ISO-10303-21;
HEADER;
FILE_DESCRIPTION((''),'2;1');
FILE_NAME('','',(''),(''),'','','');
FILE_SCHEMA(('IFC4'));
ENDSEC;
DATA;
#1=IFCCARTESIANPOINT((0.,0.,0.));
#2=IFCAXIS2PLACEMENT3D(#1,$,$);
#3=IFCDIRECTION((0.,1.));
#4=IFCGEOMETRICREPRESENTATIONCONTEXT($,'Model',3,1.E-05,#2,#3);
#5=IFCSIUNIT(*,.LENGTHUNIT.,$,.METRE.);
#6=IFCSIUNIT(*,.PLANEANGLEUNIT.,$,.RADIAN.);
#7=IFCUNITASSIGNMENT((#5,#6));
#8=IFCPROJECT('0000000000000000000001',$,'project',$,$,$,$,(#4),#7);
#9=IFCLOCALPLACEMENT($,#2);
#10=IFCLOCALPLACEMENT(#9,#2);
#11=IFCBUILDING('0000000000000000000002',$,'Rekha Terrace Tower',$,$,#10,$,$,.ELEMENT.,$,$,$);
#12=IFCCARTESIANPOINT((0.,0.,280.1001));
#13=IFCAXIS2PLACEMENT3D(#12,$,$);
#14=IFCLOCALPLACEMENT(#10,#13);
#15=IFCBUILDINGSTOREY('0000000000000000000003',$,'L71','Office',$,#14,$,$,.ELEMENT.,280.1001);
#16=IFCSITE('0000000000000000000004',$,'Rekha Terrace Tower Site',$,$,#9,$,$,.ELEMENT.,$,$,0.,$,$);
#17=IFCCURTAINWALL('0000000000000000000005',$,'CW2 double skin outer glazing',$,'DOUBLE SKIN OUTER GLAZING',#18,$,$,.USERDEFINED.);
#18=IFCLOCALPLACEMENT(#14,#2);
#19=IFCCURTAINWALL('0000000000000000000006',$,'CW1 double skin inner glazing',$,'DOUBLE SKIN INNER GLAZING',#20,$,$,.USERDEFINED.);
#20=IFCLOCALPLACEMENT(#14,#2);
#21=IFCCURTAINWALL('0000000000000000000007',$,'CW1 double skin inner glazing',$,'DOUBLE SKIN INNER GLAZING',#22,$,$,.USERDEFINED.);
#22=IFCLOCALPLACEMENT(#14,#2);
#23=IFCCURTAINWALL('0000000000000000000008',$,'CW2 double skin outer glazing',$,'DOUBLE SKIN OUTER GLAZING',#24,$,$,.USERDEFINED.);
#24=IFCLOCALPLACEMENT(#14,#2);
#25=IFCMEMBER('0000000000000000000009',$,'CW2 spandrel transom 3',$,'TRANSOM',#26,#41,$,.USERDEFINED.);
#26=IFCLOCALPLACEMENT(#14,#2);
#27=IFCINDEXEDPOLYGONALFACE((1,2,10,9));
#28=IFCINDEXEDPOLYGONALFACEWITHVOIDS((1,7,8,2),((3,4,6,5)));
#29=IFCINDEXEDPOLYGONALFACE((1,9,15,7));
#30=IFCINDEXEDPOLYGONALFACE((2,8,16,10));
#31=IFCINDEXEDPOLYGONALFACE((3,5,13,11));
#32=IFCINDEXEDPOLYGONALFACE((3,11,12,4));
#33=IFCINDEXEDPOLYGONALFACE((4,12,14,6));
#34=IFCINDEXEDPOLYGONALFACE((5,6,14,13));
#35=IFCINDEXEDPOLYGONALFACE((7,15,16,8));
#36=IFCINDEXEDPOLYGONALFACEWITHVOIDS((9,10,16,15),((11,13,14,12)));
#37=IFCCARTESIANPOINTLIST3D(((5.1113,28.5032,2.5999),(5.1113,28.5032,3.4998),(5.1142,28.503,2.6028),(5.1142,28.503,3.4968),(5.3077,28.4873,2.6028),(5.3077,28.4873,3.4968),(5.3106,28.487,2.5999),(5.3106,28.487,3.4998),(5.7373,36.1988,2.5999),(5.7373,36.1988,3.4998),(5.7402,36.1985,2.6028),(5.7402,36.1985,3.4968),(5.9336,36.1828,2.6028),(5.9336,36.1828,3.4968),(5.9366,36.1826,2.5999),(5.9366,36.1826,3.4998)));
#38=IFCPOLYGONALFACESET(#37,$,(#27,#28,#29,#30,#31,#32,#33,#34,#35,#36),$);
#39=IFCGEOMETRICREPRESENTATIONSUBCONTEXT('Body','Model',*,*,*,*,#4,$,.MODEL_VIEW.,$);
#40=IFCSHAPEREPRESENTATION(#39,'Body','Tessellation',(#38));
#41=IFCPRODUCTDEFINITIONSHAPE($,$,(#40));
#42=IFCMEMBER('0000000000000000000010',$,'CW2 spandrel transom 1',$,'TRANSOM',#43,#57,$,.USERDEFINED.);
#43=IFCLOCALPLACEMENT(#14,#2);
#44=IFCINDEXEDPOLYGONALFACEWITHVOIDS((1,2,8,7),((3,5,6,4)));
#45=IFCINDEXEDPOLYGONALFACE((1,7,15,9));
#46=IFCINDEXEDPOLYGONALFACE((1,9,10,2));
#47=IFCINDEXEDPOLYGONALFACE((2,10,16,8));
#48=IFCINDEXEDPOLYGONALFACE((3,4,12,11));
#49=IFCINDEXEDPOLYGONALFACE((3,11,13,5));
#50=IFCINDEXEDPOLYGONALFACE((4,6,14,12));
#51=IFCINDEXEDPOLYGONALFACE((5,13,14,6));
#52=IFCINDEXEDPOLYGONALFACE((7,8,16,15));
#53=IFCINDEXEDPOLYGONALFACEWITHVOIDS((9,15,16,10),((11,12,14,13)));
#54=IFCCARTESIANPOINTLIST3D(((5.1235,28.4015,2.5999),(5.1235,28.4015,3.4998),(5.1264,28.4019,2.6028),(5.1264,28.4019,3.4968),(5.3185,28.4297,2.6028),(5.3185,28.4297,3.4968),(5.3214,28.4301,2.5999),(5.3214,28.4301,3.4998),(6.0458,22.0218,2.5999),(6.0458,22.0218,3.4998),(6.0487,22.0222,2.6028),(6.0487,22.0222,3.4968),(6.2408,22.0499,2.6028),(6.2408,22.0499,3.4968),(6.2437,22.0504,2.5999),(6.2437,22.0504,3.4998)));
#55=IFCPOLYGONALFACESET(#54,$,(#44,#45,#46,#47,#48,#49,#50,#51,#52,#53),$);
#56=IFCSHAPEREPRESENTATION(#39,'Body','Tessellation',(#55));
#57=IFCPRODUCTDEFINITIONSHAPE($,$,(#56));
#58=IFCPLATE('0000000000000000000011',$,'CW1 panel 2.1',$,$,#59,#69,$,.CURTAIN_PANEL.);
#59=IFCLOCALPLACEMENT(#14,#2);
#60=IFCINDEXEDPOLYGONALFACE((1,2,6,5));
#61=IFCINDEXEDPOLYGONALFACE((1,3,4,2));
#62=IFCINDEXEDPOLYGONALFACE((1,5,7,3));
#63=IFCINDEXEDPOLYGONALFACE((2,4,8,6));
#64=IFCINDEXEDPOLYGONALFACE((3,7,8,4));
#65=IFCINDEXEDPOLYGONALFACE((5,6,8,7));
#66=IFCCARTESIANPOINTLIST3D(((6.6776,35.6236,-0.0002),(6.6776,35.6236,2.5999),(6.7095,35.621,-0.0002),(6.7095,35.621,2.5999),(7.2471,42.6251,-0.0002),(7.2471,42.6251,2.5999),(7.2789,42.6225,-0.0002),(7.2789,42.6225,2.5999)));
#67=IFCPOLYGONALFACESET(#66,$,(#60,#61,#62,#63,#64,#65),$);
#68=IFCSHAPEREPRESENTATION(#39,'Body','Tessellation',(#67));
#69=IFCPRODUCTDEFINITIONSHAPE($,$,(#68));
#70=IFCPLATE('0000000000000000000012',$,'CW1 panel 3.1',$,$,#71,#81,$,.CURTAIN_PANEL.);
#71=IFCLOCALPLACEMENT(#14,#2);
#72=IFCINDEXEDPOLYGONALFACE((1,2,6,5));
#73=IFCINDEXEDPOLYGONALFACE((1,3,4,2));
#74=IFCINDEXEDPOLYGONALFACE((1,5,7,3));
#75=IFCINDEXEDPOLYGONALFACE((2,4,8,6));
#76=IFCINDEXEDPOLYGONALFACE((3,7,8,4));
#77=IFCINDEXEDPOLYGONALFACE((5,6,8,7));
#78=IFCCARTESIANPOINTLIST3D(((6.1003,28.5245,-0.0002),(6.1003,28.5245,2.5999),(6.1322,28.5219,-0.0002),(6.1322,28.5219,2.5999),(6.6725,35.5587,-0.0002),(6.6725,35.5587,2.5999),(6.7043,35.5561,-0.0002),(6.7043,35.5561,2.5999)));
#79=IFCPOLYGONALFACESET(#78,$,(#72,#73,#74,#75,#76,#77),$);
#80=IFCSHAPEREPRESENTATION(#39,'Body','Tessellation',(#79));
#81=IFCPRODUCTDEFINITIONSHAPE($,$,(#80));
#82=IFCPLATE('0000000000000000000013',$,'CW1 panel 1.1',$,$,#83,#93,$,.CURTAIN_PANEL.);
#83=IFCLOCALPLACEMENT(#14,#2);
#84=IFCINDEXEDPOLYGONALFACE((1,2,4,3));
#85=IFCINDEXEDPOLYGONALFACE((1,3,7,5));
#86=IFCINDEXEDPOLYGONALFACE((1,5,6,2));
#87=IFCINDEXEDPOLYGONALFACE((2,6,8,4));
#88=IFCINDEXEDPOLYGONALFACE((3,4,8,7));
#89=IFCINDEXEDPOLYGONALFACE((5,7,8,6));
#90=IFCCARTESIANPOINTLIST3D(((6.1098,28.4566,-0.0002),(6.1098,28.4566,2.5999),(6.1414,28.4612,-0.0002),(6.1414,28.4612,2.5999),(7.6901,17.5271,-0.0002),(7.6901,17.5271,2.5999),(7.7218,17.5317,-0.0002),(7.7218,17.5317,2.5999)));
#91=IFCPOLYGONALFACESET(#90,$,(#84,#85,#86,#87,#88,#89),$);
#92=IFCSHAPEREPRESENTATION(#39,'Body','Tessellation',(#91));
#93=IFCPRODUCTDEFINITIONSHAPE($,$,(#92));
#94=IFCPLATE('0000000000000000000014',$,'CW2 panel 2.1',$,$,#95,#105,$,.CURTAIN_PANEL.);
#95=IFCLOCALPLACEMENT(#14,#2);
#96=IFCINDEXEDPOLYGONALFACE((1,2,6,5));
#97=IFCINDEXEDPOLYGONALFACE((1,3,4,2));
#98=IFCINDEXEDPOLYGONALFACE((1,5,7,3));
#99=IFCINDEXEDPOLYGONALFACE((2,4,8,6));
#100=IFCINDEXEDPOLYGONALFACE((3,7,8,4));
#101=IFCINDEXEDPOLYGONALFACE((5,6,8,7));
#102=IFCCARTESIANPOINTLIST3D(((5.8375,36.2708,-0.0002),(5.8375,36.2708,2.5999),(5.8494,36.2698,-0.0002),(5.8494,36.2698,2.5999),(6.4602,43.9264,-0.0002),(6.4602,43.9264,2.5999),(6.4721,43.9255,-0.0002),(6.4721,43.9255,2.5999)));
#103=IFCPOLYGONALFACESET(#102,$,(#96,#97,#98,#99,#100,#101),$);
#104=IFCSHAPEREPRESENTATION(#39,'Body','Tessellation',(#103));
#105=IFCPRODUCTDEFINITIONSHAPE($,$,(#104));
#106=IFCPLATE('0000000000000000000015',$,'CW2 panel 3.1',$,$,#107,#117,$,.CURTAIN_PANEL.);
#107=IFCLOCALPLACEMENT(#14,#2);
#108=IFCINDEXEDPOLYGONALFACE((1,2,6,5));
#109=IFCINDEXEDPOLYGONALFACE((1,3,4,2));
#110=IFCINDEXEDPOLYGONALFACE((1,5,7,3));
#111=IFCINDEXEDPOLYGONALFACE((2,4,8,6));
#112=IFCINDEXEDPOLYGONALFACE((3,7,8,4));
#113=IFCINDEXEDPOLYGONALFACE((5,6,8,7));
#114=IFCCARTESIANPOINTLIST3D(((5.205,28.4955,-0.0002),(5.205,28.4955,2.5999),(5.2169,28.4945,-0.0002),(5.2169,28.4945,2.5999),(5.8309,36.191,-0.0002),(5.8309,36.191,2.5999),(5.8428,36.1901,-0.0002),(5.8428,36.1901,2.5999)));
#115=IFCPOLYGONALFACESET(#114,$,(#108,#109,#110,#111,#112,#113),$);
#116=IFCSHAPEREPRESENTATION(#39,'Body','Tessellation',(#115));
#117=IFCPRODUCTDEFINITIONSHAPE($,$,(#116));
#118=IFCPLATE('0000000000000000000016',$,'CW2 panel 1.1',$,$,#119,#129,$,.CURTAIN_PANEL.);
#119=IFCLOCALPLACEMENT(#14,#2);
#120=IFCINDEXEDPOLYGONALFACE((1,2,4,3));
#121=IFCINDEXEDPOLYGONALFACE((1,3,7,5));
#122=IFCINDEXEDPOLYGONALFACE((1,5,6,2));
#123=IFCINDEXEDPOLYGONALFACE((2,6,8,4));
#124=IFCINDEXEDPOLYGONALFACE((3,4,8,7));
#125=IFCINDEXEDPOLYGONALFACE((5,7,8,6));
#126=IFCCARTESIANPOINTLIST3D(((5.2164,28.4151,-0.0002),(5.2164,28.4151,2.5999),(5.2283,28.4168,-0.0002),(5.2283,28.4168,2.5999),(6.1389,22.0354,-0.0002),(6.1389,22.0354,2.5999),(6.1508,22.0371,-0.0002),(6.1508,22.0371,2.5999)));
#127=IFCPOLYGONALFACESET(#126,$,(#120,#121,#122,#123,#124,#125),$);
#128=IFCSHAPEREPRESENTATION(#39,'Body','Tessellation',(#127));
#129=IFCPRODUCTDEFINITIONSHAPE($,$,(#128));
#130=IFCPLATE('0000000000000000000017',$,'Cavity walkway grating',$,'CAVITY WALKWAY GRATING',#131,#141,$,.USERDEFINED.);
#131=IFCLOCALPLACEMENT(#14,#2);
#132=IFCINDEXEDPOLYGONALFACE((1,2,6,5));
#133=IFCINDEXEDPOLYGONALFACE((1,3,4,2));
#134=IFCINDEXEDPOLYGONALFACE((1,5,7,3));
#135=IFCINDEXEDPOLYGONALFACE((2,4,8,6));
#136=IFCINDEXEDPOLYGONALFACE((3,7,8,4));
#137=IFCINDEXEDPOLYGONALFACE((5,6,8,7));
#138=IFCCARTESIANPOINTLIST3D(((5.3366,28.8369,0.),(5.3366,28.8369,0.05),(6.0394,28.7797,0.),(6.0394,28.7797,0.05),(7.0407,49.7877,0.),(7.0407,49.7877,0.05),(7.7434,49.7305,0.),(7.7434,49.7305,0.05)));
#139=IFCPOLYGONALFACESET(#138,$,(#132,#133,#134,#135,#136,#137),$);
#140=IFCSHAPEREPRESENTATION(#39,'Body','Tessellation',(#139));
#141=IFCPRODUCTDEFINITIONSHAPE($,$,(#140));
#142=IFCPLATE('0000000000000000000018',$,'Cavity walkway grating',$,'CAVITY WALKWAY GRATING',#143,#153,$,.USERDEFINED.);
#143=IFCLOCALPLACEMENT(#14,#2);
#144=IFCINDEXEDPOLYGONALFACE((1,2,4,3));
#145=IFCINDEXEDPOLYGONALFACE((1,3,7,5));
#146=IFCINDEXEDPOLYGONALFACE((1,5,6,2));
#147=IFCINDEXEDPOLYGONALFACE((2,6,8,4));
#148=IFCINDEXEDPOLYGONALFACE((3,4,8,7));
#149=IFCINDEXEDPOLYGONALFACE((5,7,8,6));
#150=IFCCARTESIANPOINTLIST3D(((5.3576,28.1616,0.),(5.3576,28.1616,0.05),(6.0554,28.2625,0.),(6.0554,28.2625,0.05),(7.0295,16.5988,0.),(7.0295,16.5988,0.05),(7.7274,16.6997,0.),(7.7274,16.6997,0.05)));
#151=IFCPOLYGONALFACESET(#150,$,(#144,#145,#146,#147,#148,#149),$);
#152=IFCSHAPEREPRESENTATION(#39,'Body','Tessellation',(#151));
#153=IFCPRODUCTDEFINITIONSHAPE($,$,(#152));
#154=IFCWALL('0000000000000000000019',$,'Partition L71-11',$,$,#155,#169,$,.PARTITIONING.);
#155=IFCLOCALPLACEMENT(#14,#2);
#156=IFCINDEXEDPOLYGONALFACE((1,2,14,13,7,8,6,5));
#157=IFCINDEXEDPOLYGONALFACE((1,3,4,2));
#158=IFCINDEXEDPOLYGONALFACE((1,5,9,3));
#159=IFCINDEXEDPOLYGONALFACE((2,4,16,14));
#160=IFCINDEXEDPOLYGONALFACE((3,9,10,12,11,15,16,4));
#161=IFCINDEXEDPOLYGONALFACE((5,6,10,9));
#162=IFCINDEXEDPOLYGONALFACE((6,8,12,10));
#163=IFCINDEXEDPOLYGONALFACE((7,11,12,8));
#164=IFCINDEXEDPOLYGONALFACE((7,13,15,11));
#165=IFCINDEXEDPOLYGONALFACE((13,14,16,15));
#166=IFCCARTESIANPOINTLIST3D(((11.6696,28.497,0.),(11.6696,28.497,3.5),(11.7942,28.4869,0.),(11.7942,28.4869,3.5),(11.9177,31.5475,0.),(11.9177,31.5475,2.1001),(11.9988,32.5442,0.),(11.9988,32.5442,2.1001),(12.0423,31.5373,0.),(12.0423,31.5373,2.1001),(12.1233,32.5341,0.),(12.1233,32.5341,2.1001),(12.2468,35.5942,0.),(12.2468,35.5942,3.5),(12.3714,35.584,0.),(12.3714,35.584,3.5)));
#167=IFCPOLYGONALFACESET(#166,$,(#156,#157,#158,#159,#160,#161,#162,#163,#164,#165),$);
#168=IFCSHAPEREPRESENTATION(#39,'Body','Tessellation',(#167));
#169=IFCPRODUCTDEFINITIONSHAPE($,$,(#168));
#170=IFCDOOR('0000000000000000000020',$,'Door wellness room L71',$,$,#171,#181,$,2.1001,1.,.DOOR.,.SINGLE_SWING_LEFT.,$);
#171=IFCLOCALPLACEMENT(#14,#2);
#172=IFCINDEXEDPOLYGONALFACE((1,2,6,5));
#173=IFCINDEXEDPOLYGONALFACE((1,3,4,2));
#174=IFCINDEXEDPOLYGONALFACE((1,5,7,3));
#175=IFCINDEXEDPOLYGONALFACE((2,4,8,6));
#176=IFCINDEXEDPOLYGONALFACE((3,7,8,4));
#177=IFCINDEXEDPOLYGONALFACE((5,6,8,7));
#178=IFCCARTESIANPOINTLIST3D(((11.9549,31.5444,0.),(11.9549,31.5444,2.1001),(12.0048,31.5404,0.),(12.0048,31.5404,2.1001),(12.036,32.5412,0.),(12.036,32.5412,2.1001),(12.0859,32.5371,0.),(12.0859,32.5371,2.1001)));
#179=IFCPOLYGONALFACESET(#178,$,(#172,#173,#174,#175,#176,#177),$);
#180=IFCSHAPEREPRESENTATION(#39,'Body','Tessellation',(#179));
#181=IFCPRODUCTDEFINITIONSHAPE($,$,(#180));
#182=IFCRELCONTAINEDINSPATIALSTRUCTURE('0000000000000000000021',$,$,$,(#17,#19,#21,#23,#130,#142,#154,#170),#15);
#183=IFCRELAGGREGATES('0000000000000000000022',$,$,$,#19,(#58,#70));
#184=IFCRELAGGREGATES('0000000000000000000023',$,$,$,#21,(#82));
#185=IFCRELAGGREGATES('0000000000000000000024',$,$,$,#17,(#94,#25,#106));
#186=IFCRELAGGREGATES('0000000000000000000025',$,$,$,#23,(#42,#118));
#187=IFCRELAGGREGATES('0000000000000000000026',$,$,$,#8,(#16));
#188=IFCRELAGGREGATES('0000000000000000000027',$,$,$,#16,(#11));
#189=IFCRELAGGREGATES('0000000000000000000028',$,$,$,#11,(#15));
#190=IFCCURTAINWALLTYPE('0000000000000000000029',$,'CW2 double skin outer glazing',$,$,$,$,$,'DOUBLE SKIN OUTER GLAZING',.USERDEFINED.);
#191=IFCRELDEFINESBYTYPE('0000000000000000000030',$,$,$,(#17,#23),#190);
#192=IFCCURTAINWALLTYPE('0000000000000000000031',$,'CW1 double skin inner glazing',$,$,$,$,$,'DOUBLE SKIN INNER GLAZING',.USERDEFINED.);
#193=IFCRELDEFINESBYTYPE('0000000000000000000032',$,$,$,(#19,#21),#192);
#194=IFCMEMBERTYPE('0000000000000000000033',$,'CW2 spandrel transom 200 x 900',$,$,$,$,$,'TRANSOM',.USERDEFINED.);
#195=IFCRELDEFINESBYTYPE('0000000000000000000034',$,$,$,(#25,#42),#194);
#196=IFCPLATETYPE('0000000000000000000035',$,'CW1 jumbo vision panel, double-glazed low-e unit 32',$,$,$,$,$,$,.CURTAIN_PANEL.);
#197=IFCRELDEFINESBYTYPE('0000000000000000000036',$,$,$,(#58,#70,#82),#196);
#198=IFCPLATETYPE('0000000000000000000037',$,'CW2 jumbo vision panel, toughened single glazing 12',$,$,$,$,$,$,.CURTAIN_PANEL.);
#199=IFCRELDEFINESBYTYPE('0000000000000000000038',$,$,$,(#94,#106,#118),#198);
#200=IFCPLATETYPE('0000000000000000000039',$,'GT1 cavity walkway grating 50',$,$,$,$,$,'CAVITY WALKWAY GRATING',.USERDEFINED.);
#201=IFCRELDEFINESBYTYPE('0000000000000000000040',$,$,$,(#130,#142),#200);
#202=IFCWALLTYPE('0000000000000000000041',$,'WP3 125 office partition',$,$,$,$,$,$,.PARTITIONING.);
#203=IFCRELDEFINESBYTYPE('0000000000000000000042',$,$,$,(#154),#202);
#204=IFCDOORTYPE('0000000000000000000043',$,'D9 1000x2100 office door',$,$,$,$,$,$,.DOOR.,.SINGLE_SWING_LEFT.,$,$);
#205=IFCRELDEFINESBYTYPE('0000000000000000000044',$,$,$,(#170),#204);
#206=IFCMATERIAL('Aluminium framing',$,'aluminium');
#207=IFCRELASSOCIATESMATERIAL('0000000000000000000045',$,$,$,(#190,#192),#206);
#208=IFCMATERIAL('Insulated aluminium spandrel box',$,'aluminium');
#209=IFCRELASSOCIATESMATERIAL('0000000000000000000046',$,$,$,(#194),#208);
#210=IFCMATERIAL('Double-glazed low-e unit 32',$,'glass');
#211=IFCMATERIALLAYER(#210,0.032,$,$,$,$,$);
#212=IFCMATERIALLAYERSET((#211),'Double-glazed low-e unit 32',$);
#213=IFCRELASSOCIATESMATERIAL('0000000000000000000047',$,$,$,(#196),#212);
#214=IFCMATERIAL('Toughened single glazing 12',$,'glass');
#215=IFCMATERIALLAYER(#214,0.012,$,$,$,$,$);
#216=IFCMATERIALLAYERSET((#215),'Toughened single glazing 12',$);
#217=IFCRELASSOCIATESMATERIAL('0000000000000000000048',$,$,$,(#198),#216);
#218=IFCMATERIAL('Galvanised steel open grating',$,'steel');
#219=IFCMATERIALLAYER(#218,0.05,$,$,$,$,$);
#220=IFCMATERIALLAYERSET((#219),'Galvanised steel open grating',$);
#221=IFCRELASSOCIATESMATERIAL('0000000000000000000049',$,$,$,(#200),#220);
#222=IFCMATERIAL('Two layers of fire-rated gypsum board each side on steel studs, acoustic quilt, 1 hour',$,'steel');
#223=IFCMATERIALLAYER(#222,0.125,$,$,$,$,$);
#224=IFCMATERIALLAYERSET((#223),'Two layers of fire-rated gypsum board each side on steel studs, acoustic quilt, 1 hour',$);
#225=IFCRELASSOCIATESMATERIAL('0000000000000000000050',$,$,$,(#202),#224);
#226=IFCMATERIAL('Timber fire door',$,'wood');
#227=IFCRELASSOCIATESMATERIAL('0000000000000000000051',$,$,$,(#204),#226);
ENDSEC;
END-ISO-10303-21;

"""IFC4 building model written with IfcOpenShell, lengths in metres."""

from ifc_helpers import new_model, si_unit, direction, frame, frame_2d, origin, origin_2d, place, context, subcontext, project, spatial, rectangle, hollow_rectangle, extrude, material, layer, layer_set, material_profile, profile_set, type_object, element, fill, aggregate, save


model = new_model("IFC4")

# Units and contexts
model_context = context("Model", 3, precision=1e-05, world=origin(), true_north=direction((0.0, 1.0)))
body_context = subcontext(model_context, "Body", "Model", "MODEL_VIEW")
ifc_project = project(units=[si_unit("LENGTHUNIT", "METRE"), si_unit("PLANEANGLEUNIT", "RADIAN")], contexts=[model_context])

# Site, building, storey
site_placement = place(None, origin())
site = spatial("IfcSite", under=ifc_project, at=site_placement, Name="Rekha Terrace Tower Site", CompositionType="ELEMENT", RefElevation=0.0)
building_placement = place(site_placement, origin())
building = spatial("IfcBuilding", under=site, at=building_placement, Name="Rekha Terrace Tower", CompositionType="ELEMENT")
storey_placement = place(building_placement, frame((0.0, 0.0, 280.1001)))
storey = spatial("IfcBuildingStorey", under=building, at=storey_placement, Name="L71", Description="Office", CompositionType="ELEMENT", Elevation=280.1001)

# Curtain walls
ifc_material_1 = material(Name="Aluminium framing", Category="aluminium")
curtain_wall_type_1 = type_object("IfcCurtainWallType", Name="CW2 double skin outer glazing", ElementType="DOUBLE SKIN OUTER GLAZING", PredefinedType="USERDEFINED", material=ifc_material_1)
curtain_wall_1_placement = place(storey_placement, origin())
curtain_wall_1 = element("IfcCurtainWall", 1, at=curtain_wall_1_placement, inside=storey, type_object=curtain_wall_type_1, Name="CW2 double skin outer glazing", ObjectType="DOUBLE SKIN OUTER GLAZING", PredefinedType="USERDEFINED")
curtain_wall_type_2 = type_object("IfcCurtainWallType", Name="CW1 double skin inner glazing", ElementType="DOUBLE SKIN INNER GLAZING", PredefinedType="USERDEFINED", material=ifc_material_1)
curtain_wall_2_placement = place(storey_placement, origin())
curtain_wall_2 = element("IfcCurtainWall", 2, at=curtain_wall_2_placement, inside=storey, type_object=curtain_wall_type_2, Name="CW1 double skin inner glazing", ObjectType="DOUBLE SKIN INNER GLAZING", PredefinedType="USERDEFINED")
curtain_wall_3_placement = place(storey_placement, origin())
curtain_wall_3 = element("IfcCurtainWall", 3, at=curtain_wall_3_placement, inside=storey, type_object=curtain_wall_type_2, Name="CW1 double skin inner glazing", ObjectType="DOUBLE SKIN INNER GLAZING", PredefinedType="USERDEFINED")

# Shared definitions
ifc_material_2 = material(Name="Insulated aluminium spandrel box", Category="aluminium")

# Curtain wall
curtain_wall_4_placement = place(storey_placement, origin())
curtain_wall_4 = element("IfcCurtainWall", 4, at=curtain_wall_4_placement, inside=storey, type_object=curtain_wall_type_1, Name="CW2 double skin outer glazing", ObjectType="DOUBLE SKIN OUTER GLAZING", PredefinedType="USERDEFINED")

# Members
ifc_material_profile_1 = material_profile(ifc_material_2, hollow_rectangle(XDim=0.2, YDim=0.8999, WallThickness=0.0029, at=origin_2d()), Name="AL SPANDREL BOX 200x900")
ifc_profile_set_1 = profile_set([ifc_material_profile_1], Name="Insulated aluminium spandrel box")
member_type_1 = type_object("IfcMemberType", Name="CW2 spandrel transom 200 x 900", ElementType="TRANSOM", PredefinedType="USERDEFINED", material=ifc_profile_set_1)
member_1_placement = place(storey_placement, frame((5.8369, 36.1907, 3.0498), z_axis=(-0.081075, -0.996708, 0.0), x_axis=(0.996708, -0.081075, 0.0)))
member_1 = element("IfcMember", 5, at=member_1_placement, type_object=member_type_1, Name="CW2 spandrel transom 3", ObjectType="TRANSOM", PredefinedType="USERDEFINED", context=body_context, shape_type="SweptSolid", body=[
    extrude(hollow_rectangle(XDim=0.2, YDim=0.8999, WallThickness=0.0029, at=origin_2d()), origin(), (0.0, 0.0, 1.0), 7.7209),
])
member_2_placement = place(storey_placement, frame((5.2224, 28.4158, 3.0498), z_axis=(0.143091, -0.989709, 0.0), x_axis=(0.989709, 0.143091, 0.0)))
member_2 = element("IfcMember", 6, at=member_2_placement, type_object=member_type_1, Name="CW2 spandrel transom 1", ObjectType="TRANSOM", PredefinedType="USERDEFINED", context=body_context, shape_type="SweptSolid", body=[
    extrude(hollow_rectangle(XDim=0.2, YDim=0.8999, WallThickness=0.0029, at=origin_2d()), origin(), (0.0, 0.0, 1.0), 6.446),
])

# Plates
ifc_material_3 = material(Name="Double-glazed low-e unit 32", Category="glass")
ifc_layer_1 = layer(ifc_material_3, 0.032)
ifc_layer_set_1 = layer_set([ifc_layer_1], Name="Double-glazed low-e unit 32")
plate_type_1 = type_object("IfcPlateType", Name="CW1 jumbo vision panel, double-glazed low-e unit 32", PredefinedType="CURTAIN_PANEL", material=ifc_layer_set_1)
plate_1_placement = place(storey_placement, frame((6.9783, 39.123, -0.0002), z_axis=(0.0, 0.0, 1.0), x_axis=(-0.081068, -0.996709, 0.0)))
plate_1 = element("IfcPlate", 7, at=plate_1_placement, type_object=plate_type_1, Name="CW1 panel 2.1", PredefinedType="CURTAIN_PANEL", context=body_context, shape_type="SweptSolid", body=[
    extrude(rectangle(XDim=7.0247, YDim=0.032, at=origin_2d()), origin(), (0.0, 0.0, 1.0), 2.6001),
])
plate_2_placement = place(storey_placement, frame((6.4023, 32.0403, -0.0002), z_axis=(0.0, 0.0, 1.0), x_axis=(-0.081068, -0.996709, 0.0)))
plate_2 = element("IfcPlate", 8, at=plate_2_placement, type_object=plate_type_1, Name="CW1 panel 3.1", PredefinedType="CURTAIN_PANEL", context=body_context, shape_type="SweptSolid", body=[
    extrude(rectangle(XDim=7.0574, YDim=0.032, at=origin_2d()), origin(), (0.0, 0.0, 1.0), 2.6001),
])
aggregate(curtain_wall_2, [plate_1, plate_2])
plate_3_placement = place(storey_placement, frame((6.9158, 22.9941, -0.0002), z_axis=(0.0, 0.0, 1.0), x_axis=(0.143108, -0.989707, 0.0)))
plate_3 = element("IfcPlate", 9, at=plate_3_placement, type_object=plate_type_1, Name="CW1 panel 1.1", PredefinedType="CURTAIN_PANEL", context=body_context, shape_type="SweptSolid", body=[
    extrude(rectangle(XDim=11.0432, YDim=0.032, at=origin_2d()), origin(), (0.0, 0.0, 1.0), 2.6001),
])
aggregate(curtain_wall_3, [plate_3])
ifc_material_4 = material(Name="Toughened single glazing 12", Category="glass")
ifc_layer_2 = layer(ifc_material_4, 0.012)
ifc_layer_set_2 = layer_set([ifc_layer_2], Name="Toughened single glazing 12")
plate_type_2 = type_object("IfcPlateType", Name="CW2 jumbo vision panel, toughened single glazing 12", PredefinedType="CURTAIN_PANEL", material=ifc_layer_set_2)
plate_4_placement = place(storey_placement, frame((6.1548, 40.0981, -0.0002), z_axis=(0.0, 0.0, 1.0), x_axis=(-0.081068, -0.996709, 0.0)))
plate_4 = element("IfcPlate", 10, at=plate_4_placement, type_object=plate_type_2, Name="CW2 panel 2.1", PredefinedType="CURTAIN_PANEL", context=body_context, shape_type="SweptSolid", body=[
    extrude(rectangle(XDim=7.6809, YDim=0.012, at=origin_2d()), origin(), (0.0, 0.0, 1.0), 2.6001),
])
plate_5_placement = place(storey_placement, frame((5.5239, 32.3428, -0.0002), z_axis=(0.0, 0.0, 1.0), x_axis=(-0.081068, -0.996709, 0.0)))
plate_5 = element("IfcPlate", 11, at=plate_5_placement, type_object=plate_type_2, Name="CW2 panel 3.1", PredefinedType="CURTAIN_PANEL", context=body_context, shape_type="SweptSolid", body=[
    extrude(rectangle(XDim=7.7209, YDim=0.012, at=origin_2d()), origin(), (0.0, 0.0, 1.0), 2.6001),
])
aggregate(curtain_wall_1, [plate_4, member_1, plate_5])
plate_6_placement = place(storey_placement, frame((5.6836, 25.2261, -0.0002), z_axis=(0.0, 0.0, 1.0), x_axis=(0.143108, -0.989707, 0.0)))
plate_6 = element("IfcPlate", 12, at=plate_6_placement, type_object=plate_type_2, Name="CW2 panel 1.1", PredefinedType="CURTAIN_PANEL", context=body_context, shape_type="SweptSolid", body=[
    extrude(rectangle(XDim=6.446, YDim=0.012, at=origin_2d()), origin(), (0.0, 0.0, 1.0), 2.6001),
])
aggregate(curtain_wall_4, [member_2, plate_6])

# Plates
ifc_material_5 = material(Name="Galvanised steel open grating", Category="steel")
ifc_layer_3 = layer(ifc_material_5, 0.05)
ifc_layer_set_3 = layer_set([ifc_layer_3], Name="Galvanised steel open grating")
plate_type_3 = type_object("IfcPlateType", Name="GT1 cavity walkway grating 50", ElementType="CAVITY WALKWAY GRATING", PredefinedType="USERDEFINED", material=ifc_layer_set_3)
plate_7_placement = place(storey_placement, frame((6.54, 39.2837, 0.0), z_axis=(0.0, 0.0, 1.0), x_axis=(-0.081068, -0.996709, 0.0)))
element("IfcPlate", 13, at=plate_7_placement, inside=storey, type_object=plate_type_3, Name="Cavity walkway grating", ObjectType="CAVITY WALKWAY GRATING", PredefinedType="USERDEFINED", context=body_context, shape_type="SweptSolid", body=[
    extrude(rectangle(XDim=21.02, YDim=0.7051, at=origin_2d()), origin(), (0.0, 0.0, 1.0), 0.05),
])
plate_8_placement = place(storey_placement, frame((6.5425, 22.4307, 0.0), z_axis=(0.0, 0.0, 1.0), x_axis=(0.143108, -0.989707, 0.0)))
element("IfcPlate", 14, at=plate_8_placement, inside=storey, type_object=plate_type_3, Name="Cavity walkway grating", ObjectType="CAVITY WALKWAY GRATING", PredefinedType="USERDEFINED", context=body_context, shape_type="SweptSolid", body=[
    extrude(rectangle(XDim=11.6831, YDim=0.7051, at=origin_2d()), origin(), (0.0, 0.0, 1.0), 0.05),
])

# Wall, opening, door
ifc_material_6 = material(Name="Two layers of fire-rated gypsum board each side on steel studs, acoustic quilt, 1 hour", Category="steel")
ifc_layer_4 = layer(ifc_material_6, 0.125)
ifc_layer_set_4 = layer_set([ifc_layer_4], Name="Two layers of fire-rated gypsum board each side on steel studs, acoustic quilt, 1 hour")
wall_type = type_object("IfcWallType", Name="WP3 125 office partition", PredefinedType="PARTITIONING", material=ifc_layer_set_4)
wall_1_placement = place(storey_placement, frame((12.3091, 35.5891, 0.0), z_axis=(0.0, 0.0, 1.0), x_axis=(-0.081053, -0.99671, 0.0)))
wall_1 = element("IfcWall", 15, at=wall_1_placement, inside=storey, type_object=wall_type, Name="Partition L71-11", PredefinedType="PARTITIONING", context=body_context, shape_type="SweptSolid", body=[
    extrude(rectangle(XDim=7.1206, YDim=0.125, at=frame_2d((3.5603, 0.0))), origin(), (0.0, 0.0, 1.0), 3.5),
])
opening_1_placement = place(wall_1_placement, frame((3.0601, 0.0, 0.0)))
opening_1 = element("IfcOpeningElement", 16, at=opening_1_placement, cuts=wall_1, PredefinedType="OPENING", context=body_context, shape_type="SweptSolid", body=[
    extrude(rectangle(XDim=1.0, YDim=2.1001, at=frame_2d((0.5, 1.05))), frame((0.0, 0.0725, 0.0), z_axis=(0.0, -1.0, 0.0), x_axis=(1.0, 0.0, 0.0)), (0.0, 0.0, 1.0), 0.145),
])
ifc_material_7 = material(Name="Timber fire door", Category="wood")
door_type = type_object("IfcDoorType", Name="D9 1000x2100 office door", OperationType="SINGLE_SWING_LEFT", PredefinedType="DOOR", material=ifc_material_7)
door_1_placement = place(opening_1_placement, origin())
door_1 = element("IfcDoor", 17, at=door_1_placement, inside=storey, type_object=door_type, Name="Door wellness room L71", OperationType="SINGLE_SWING_LEFT", OverallHeight=2.1001, OverallWidth=1.0, PredefinedType="DOOR", context=body_context, shape_type="SweptSolid", body=[
    extrude(rectangle(XDim=1.0, YDim=2.1001, at=frame_2d((0.5, 1.05))), frame((0.0, 0.0249, 0.0), z_axis=(0.0, -1.0, 0.0), x_axis=(1.0, 0.0, 0.0)), (0.0, 0.0, 1.0), 0.05),
])
fill(opening_1, door_1)

save(model, "model.ifc")
